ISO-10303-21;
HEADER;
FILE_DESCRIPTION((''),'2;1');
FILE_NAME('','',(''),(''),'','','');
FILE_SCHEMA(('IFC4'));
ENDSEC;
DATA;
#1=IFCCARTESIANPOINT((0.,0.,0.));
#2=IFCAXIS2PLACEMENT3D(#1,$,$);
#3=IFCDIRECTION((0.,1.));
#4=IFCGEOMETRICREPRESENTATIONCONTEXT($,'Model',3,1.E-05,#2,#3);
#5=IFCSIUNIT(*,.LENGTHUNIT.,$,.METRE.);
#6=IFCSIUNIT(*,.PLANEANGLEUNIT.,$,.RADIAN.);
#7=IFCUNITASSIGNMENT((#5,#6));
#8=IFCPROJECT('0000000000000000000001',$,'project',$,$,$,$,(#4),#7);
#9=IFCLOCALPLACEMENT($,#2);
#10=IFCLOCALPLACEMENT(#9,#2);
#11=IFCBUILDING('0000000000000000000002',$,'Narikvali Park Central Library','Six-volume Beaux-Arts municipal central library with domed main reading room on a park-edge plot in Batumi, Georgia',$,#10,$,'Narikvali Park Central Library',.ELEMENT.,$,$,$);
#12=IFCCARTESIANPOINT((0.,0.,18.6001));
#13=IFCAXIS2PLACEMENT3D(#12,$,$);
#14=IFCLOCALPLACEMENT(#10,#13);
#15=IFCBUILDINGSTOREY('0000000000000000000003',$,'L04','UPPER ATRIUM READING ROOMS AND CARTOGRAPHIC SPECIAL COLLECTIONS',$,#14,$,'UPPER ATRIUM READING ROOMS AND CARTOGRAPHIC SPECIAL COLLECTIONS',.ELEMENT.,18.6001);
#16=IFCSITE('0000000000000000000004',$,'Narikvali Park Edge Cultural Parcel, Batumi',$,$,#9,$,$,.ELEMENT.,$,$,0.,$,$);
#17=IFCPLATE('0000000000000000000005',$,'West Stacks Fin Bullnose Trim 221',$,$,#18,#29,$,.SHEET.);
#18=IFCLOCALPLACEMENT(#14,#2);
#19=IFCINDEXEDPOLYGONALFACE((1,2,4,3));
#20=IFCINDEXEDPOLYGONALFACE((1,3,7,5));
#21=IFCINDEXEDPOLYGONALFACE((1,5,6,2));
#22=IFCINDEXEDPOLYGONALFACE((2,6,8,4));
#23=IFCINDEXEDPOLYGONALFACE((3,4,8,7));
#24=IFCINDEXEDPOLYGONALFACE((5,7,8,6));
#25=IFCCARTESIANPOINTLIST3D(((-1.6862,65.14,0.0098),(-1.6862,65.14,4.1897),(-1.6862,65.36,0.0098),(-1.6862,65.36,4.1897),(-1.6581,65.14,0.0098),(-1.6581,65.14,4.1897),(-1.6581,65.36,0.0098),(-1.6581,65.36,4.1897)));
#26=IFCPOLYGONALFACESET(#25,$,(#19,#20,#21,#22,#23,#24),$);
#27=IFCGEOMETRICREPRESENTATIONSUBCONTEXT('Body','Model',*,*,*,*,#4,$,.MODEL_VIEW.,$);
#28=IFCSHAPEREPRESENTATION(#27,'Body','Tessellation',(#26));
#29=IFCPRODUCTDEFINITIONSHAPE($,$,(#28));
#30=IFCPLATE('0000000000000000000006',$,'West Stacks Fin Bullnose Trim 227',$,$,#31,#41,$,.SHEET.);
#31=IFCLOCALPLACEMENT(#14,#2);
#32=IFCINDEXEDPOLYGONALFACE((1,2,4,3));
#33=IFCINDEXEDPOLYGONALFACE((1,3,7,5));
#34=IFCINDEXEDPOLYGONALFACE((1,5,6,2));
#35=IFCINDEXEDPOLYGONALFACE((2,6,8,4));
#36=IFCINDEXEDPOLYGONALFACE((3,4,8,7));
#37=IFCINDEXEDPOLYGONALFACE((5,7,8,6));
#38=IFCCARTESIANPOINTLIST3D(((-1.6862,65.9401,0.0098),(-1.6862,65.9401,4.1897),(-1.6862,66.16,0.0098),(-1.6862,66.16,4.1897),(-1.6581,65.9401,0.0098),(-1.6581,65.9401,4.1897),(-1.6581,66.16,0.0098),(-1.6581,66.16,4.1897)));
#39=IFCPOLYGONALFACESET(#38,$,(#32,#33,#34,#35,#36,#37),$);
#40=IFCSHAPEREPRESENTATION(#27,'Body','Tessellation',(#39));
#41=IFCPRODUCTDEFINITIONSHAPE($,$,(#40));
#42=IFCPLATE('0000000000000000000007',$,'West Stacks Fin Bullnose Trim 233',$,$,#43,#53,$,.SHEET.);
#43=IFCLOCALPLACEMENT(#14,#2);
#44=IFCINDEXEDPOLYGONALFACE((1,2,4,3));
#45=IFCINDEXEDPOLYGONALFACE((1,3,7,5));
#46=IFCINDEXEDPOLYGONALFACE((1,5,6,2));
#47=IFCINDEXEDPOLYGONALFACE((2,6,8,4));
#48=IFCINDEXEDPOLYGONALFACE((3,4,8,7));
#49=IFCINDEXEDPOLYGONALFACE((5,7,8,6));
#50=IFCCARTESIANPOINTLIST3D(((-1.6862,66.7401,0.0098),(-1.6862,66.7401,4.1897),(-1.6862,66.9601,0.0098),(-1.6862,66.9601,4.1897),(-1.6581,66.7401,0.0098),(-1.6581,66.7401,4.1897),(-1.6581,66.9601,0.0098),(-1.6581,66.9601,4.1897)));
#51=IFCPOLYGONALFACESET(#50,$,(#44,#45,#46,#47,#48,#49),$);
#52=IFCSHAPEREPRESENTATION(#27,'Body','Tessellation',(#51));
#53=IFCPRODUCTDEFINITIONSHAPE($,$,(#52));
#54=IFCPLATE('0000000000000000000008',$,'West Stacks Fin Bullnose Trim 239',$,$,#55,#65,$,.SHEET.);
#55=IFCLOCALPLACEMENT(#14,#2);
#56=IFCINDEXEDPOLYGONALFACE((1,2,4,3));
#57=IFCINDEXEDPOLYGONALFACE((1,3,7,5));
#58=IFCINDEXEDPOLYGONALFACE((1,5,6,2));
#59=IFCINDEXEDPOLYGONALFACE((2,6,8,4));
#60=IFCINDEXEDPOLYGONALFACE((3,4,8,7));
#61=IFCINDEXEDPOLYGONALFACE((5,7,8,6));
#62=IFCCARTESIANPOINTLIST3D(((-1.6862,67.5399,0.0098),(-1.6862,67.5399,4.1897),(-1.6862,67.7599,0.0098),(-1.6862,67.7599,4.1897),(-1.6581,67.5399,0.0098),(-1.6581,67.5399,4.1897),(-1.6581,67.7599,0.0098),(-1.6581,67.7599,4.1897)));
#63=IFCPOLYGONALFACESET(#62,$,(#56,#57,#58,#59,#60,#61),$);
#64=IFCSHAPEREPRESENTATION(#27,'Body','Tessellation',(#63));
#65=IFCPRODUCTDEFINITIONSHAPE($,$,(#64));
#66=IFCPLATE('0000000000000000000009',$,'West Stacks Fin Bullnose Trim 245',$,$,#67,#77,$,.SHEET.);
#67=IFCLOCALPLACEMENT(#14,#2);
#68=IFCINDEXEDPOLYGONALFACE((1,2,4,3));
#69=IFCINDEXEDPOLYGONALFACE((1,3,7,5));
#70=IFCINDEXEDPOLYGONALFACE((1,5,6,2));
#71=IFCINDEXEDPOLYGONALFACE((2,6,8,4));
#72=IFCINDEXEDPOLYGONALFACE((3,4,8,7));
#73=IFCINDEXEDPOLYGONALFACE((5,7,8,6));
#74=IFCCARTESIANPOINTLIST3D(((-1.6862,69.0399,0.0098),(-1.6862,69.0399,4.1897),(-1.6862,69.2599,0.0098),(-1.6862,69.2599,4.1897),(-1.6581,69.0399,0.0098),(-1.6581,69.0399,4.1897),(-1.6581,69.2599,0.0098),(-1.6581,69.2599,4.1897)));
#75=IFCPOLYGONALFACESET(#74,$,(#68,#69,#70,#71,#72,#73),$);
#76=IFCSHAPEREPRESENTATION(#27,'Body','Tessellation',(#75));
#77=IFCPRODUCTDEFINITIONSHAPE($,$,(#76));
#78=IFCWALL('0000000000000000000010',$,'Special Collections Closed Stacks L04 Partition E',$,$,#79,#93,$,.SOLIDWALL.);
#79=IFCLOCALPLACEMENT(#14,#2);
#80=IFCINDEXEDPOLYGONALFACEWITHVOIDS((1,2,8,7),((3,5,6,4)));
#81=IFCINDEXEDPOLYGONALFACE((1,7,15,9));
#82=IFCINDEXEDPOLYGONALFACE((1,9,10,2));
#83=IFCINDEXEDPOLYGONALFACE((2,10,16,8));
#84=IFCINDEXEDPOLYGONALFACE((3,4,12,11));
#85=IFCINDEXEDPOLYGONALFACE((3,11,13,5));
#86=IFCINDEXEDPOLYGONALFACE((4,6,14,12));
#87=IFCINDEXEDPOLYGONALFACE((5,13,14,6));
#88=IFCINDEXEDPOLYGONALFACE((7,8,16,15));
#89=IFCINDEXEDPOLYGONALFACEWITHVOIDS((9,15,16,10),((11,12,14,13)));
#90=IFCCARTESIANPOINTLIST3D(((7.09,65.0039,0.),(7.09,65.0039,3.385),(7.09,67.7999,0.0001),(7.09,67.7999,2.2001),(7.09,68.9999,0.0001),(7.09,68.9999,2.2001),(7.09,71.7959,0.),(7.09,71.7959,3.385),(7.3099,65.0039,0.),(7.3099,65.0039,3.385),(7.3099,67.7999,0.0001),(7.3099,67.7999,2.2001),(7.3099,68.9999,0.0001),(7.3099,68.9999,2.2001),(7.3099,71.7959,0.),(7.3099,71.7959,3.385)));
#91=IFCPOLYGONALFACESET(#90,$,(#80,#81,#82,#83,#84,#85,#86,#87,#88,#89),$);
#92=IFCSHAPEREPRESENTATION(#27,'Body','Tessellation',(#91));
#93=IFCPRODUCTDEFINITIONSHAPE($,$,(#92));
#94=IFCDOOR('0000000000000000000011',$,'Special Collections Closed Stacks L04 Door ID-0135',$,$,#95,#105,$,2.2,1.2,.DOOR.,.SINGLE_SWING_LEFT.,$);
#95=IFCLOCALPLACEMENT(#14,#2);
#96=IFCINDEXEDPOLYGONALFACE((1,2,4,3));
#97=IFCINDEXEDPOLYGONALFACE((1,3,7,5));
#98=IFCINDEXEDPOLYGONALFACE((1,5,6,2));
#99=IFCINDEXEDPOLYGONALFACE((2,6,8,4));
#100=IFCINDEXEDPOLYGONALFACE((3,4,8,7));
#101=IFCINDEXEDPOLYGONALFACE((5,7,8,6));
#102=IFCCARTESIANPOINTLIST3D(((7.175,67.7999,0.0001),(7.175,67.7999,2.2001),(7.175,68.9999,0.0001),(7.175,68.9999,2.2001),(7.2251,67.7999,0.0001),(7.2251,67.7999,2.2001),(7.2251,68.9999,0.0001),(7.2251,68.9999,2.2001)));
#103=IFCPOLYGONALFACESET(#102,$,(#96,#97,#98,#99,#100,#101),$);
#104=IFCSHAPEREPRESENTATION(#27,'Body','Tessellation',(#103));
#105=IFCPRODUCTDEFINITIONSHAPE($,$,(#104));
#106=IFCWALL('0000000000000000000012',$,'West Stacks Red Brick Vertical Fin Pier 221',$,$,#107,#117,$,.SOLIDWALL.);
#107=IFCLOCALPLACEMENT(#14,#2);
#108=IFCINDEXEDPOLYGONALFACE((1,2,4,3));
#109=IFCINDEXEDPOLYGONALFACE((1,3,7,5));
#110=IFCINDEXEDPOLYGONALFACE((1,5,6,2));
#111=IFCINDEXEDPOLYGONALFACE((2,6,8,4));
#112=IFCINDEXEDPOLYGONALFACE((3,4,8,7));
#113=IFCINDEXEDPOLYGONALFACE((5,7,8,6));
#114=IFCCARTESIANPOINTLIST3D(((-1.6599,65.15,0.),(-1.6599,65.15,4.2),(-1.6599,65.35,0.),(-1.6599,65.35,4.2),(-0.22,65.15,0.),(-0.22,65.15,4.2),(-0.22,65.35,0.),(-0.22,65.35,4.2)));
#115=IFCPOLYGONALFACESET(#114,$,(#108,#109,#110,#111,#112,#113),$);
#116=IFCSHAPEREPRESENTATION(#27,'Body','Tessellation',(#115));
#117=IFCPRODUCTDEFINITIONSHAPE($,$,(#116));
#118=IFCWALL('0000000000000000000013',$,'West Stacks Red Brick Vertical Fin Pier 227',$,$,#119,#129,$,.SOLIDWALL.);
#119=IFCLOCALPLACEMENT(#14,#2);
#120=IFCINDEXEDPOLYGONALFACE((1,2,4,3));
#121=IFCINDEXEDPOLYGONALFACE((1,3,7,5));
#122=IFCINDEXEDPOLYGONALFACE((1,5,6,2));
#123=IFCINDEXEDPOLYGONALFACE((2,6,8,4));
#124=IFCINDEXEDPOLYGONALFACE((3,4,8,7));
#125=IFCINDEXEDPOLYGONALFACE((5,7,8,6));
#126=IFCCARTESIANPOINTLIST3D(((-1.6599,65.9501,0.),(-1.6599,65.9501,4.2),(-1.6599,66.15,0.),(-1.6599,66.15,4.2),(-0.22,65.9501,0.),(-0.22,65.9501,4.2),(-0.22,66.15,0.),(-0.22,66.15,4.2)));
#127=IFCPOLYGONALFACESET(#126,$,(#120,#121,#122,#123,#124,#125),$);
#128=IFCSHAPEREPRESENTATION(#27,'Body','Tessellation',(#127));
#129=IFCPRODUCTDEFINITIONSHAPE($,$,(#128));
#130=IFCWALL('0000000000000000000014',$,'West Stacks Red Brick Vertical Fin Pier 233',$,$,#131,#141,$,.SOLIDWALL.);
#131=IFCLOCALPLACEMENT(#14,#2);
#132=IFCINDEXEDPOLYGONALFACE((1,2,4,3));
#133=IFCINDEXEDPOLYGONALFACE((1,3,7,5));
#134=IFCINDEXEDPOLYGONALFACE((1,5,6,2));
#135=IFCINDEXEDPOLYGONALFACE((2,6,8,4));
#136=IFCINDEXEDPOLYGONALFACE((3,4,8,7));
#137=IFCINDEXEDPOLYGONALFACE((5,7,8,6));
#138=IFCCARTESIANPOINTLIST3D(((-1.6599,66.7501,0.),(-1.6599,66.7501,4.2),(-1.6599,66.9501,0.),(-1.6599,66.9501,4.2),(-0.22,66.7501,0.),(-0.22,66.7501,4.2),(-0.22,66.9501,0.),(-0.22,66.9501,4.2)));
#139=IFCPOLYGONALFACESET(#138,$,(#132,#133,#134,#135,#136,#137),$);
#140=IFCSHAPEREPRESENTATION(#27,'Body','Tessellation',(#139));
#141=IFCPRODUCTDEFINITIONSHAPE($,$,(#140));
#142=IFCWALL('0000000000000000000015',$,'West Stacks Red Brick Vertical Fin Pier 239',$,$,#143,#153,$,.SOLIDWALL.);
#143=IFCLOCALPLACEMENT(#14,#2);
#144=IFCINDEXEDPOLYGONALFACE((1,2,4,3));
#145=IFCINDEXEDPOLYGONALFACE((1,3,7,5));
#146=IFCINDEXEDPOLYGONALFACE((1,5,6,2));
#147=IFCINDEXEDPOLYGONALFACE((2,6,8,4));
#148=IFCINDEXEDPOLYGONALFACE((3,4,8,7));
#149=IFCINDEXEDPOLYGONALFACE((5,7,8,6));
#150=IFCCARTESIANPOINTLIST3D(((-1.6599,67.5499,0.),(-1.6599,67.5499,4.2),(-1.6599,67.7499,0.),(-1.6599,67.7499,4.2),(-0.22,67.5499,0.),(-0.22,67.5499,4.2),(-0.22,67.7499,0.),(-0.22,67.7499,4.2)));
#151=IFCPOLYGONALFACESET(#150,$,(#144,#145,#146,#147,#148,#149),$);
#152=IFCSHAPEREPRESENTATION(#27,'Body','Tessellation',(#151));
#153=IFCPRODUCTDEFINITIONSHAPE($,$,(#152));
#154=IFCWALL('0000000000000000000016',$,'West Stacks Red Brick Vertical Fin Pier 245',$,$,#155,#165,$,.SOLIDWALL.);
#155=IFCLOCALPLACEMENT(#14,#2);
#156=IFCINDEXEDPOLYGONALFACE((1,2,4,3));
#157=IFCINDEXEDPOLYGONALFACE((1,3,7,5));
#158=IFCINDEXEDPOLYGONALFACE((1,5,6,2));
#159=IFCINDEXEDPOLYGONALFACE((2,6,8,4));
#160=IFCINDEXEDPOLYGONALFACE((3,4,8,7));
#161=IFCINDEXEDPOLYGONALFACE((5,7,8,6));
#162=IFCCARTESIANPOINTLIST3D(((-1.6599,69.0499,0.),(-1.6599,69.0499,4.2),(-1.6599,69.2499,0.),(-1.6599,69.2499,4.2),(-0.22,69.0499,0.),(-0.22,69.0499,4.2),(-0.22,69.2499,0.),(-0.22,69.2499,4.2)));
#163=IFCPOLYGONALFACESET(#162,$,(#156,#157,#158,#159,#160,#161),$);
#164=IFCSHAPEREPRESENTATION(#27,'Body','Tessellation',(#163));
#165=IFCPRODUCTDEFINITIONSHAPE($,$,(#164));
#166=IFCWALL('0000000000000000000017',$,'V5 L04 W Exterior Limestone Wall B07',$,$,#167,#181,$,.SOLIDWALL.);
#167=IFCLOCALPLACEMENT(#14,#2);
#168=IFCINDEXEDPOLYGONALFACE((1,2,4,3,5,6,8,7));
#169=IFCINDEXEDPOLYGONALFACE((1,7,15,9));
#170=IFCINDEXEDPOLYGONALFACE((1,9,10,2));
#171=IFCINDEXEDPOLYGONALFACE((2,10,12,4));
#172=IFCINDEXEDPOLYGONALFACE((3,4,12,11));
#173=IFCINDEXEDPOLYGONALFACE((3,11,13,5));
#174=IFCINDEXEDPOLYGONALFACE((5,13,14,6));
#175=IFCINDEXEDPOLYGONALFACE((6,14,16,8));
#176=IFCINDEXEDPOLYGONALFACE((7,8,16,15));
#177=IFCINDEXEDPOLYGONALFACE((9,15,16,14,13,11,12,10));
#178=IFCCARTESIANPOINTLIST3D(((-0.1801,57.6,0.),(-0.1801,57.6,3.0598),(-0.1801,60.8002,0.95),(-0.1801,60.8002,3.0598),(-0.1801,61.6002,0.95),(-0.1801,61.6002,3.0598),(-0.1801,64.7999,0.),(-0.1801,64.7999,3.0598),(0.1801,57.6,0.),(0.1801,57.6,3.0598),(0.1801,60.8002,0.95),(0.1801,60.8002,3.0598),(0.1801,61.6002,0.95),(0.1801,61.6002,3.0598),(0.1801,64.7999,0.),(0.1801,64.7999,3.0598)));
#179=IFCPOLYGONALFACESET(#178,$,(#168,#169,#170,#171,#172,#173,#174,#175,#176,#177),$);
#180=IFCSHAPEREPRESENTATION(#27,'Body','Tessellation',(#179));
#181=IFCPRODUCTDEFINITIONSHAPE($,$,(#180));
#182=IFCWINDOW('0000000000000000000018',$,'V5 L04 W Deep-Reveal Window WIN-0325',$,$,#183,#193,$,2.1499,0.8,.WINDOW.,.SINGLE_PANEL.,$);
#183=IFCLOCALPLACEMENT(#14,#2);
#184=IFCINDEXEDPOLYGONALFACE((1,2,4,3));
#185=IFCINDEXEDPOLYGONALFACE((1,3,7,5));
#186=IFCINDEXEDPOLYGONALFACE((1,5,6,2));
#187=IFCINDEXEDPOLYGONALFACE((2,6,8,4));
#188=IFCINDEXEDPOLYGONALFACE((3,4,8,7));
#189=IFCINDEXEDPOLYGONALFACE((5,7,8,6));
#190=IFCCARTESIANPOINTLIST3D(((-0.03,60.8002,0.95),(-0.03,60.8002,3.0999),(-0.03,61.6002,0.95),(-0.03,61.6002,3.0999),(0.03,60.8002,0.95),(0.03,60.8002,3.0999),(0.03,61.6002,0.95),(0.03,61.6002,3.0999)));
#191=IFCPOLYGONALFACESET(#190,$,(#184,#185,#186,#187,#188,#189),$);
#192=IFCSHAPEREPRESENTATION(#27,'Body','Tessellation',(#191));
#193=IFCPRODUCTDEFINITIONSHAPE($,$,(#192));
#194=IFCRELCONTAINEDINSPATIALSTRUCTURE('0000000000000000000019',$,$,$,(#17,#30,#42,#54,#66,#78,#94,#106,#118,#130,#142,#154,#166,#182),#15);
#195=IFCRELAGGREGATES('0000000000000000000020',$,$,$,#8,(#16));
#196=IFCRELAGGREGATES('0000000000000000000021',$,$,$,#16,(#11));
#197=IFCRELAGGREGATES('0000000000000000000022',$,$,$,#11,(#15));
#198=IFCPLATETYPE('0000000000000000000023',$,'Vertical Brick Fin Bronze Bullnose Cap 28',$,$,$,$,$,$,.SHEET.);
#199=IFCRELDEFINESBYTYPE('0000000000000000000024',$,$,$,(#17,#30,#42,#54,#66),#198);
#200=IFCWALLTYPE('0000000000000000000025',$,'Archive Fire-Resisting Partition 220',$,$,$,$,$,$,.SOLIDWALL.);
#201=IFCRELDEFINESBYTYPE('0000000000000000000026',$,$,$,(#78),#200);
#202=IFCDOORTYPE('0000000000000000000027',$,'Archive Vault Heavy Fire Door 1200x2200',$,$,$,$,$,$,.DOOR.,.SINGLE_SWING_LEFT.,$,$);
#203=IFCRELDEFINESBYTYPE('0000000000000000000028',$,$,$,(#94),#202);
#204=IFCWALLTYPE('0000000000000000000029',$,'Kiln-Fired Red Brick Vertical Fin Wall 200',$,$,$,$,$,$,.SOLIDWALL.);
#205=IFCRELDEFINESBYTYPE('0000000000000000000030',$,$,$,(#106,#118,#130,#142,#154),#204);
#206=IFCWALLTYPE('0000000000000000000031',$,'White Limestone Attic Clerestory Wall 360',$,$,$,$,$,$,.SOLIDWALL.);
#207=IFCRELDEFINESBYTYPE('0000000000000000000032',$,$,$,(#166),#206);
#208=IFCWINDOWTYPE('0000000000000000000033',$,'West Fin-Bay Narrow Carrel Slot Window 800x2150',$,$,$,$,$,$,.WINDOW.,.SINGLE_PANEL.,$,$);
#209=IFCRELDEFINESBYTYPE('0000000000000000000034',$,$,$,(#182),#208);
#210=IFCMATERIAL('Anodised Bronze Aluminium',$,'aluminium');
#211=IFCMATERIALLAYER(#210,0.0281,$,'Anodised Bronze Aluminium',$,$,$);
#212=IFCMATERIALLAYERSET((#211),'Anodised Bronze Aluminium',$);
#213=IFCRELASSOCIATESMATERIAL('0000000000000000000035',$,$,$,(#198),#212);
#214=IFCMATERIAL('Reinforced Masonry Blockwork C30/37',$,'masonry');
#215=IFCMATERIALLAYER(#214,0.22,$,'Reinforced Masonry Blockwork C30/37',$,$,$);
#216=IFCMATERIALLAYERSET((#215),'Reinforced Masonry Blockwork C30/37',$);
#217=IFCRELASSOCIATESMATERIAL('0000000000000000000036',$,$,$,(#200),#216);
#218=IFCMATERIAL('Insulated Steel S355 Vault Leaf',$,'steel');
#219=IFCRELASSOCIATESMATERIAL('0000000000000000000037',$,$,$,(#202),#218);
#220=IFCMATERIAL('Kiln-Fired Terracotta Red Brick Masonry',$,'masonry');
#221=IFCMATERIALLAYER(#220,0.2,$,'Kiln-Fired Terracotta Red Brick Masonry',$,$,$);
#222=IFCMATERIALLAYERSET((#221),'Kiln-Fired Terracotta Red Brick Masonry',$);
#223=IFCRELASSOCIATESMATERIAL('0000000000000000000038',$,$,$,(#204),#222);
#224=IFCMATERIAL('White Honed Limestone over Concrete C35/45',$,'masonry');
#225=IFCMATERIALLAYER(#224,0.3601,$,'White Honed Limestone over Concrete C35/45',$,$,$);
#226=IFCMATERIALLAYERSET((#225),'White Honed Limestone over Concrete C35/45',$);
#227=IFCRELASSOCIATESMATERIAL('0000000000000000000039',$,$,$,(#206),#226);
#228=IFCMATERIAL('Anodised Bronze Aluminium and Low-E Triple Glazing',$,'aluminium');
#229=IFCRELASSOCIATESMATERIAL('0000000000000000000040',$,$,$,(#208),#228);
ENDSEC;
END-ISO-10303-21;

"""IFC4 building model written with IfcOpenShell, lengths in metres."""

from ifc_helpers import new_model, si_unit, direction, frame, frame_2d, origin, origin_2d, place, context, subcontext, project, spatial, rectangle, extrude, material, layer, layer_set, type_object, element, fill, save


model = new_model("IFC4")

# Units and contexts
model_context = context("Model", 3, precision=1e-05, world=origin(), true_north=direction((0.0, 1.0)))
body_context = subcontext(model_context, "Body", "Model", "MODEL_VIEW")
ifc_project = project(units=[si_unit("LENGTHUNIT", "METRE"), si_unit("PLANEANGLEUNIT", "RADIAN")], contexts=[model_context])

# Site, building, storey
site_placement = place(None, origin())
site = spatial("IfcSite", under=ifc_project, at=site_placement, Name="Narikvali Park Edge Cultural Parcel, Batumi", CompositionType="ELEMENT", RefElevation=0.0)
building_placement = place(site_placement, origin())
building = spatial("IfcBuilding", under=site, at=building_placement, Name="Narikvali Park Central Library", Description="Six-volume Beaux-Arts municipal central library with domed main reading room on a park-edge plot in Batumi, Georgia", LongName="Narikvali Park Central Library", CompositionType="ELEMENT")
storey_placement = place(building_placement, frame((0.0, 0.0, 18.6001)))
storey = spatial("IfcBuildingStorey", under=building, at=storey_placement, Name="L04", Description="UPPER ATRIUM READING ROOMS AND CARTOGRAPHIC SPECIAL COLLECTIONS", LongName="UPPER ATRIUM READING ROOMS AND CARTOGRAPHIC SPECIAL COLLECTIONS", CompositionType="ELEMENT", Elevation=18.6001)

# Plates
ifc_material_1 = material(Name="Anodised Bronze Aluminium", Category="aluminium")
ifc_layer_1 = layer(ifc_material_1, 0.0281, Name="Anodised Bronze Aluminium")
ifc_layer_set_1 = layer_set([ifc_layer_1], Name="Anodised Bronze Aluminium")
plate_type = type_object("IfcPlateType", Name="Vertical Brick Fin Bronze Bullnose Cap 28", PredefinedType="SHEET", material=ifc_layer_set_1)
for number, where, z_axis, x_axis, name in (
    (1, (-1.6721, 65.25, 0.0098), (0.0, 0.0, 1.0), (1.0, 0.0, 0.0), "West Stacks Fin Bullnose Trim 221"),
    (2, (-1.6721, 66.05, 0.0098), (0.0, 0.0, 1.0), (1.0, 0.0, 0.0), "West Stacks Fin Bullnose Trim 227"),
    (3, (-1.6721, 66.8501, 0.0098), (0.0, 0.0, 1.0), (1.0, 0.0, 0.0), "West Stacks Fin Bullnose Trim 233"),
    (4, (-1.6721, 67.6499, 0.0098), (0.0, 0.0, 1.0), (1.0, 0.0, 0.0), "West Stacks Fin Bullnose Trim 239"),
    (5, (-1.6721, 69.1499, 0.0098), (0.0, 0.0, 1.0), (1.0, 0.0, 0.0), "West Stacks Fin Bullnose Trim 245"),
):
    element("IfcPlate", number, at=place(storey_placement, frame(where, z_axis=z_axis, x_axis=x_axis)), inside=storey, type_object=plate_type, Name=name, PredefinedType="SHEET", context=body_context, shape_type="SweptSolid", body=[
        extrude(rectangle(XDim=0.0281, YDim=0.22, at=origin_2d()), origin(), (0.0, 0.0, 1.0), 4.1799),
    ])

# Wall, opening, door
ifc_material_2 = material(Name="Reinforced Masonry Blockwork C30/37", Category="masonry")
ifc_layer_2 = layer(ifc_material_2, 0.22, Name="Reinforced Masonry Blockwork C30/37")
ifc_layer_set_2 = layer_set([ifc_layer_2], Name="Reinforced Masonry Blockwork C30/37")
wall_type_1 = type_object("IfcWallType", Name="Archive Fire-Resisting Partition 220", PredefinedType="SOLIDWALL", material=ifc_layer_set_2)
wall_1_placement = place(storey_placement, frame((7.2, 65.0039, 0.0), z_axis=(0.0, 0.0, 1.0), x_axis=(0.0, 1.0, 0.0)))
wall_1 = element("IfcWall", 6, at=wall_1_placement, inside=storey, type_object=wall_type_1, Name="Special Collections Closed Stacks L04 Partition E", PredefinedType="SOLIDWALL", context=body_context, shape_type="SweptSolid", body=[
    extrude(rectangle(XDim=6.792, YDim=0.22, at=frame_2d((3.396, 0.0))), origin(), (0.0, 0.0, 1.0), 3.385),
])
opening_1_placement = place(wall_1_placement, frame((2.7959, 0.0, 0.0)))
opening_1 = element("IfcOpeningElement", 7, at=opening_1_placement, cuts=wall_1, PredefinedType="OPENING", context=body_context, shape_type="SweptSolid", body=[
    extrude(rectangle(XDim=1.2, YDim=2.2, at=frame_2d((0.6001, 1.1001))), frame((0.0, 0.1221, 0.0), z_axis=(0.0, -1.0, 0.0), x_axis=(1.0, 0.0, 0.0)), (0.0, 0.0, 1.0), 0.2439),
])
ifc_material_3 = material(Name="Insulated Steel S355 Vault Leaf", Category="steel")
door_type = type_object("IfcDoorType", Name="Archive Vault Heavy Fire Door 1200x2200", OperationType="SINGLE_SWING_LEFT", PredefinedType="DOOR", material=ifc_material_3)
door_placement = place(opening_1_placement, origin())
door = element("IfcDoor", 8, at=door_placement, inside=storey, type_object=door_type, Name="Special Collections Closed Stacks L04 Door ID-0135", OperationType="SINGLE_SWING_LEFT", OverallHeight=2.2, OverallWidth=1.2, PredefinedType="DOOR", context=body_context, shape_type="SweptSolid", body=[
    extrude(rectangle(XDim=1.2, YDim=2.2, at=frame_2d((0.6001, 1.1001))), frame((0.0, 0.0249, 0.0), z_axis=(0.0, -1.0, 0.0), x_axis=(1.0, 0.0, 0.0)), (0.0, 0.0, 1.0), 0.05),
])
fill(opening_1, door)

# Walls
ifc_material_4 = material(Name="Kiln-Fired Terracotta Red Brick Masonry", Category="masonry")
ifc_layer_3 = layer(ifc_material_4, 0.2, Name="Kiln-Fired Terracotta Red Brick Masonry")
ifc_layer_set_3 = layer_set([ifc_layer_3], Name="Kiln-Fired Terracotta Red Brick Masonry")
wall_type_2 = type_object("IfcWallType", Name="Kiln-Fired Red Brick Vertical Fin Wall 200", PredefinedType="SOLIDWALL", material=ifc_layer_set_3)
for number, where, z_axis, x_axis, name in (
    (9, (-1.6599, 65.25, 0.0), (0.0, 0.0, 1.0), (1.0, 0.0, 0.0), "West Stacks Red Brick Vertical Fin Pier 221"),
    (10, (-1.6599, 66.05, 0.0), (0.0, 0.0, 1.0), (1.0, 0.0, 0.0), "West Stacks Red Brick Vertical Fin Pier 227"),
    (11, (-1.6599, 66.8501, 0.0), (0.0, 0.0, 1.0), (1.0, 0.0, 0.0), "West Stacks Red Brick Vertical Fin Pier 233"),
    (12, (-1.6599, 67.6499, 0.0), (0.0, 0.0, 1.0), (1.0, 0.0, 0.0), "West Stacks Red Brick Vertical Fin Pier 239"),
    (13, (-1.6599, 69.1499, 0.0), (0.0, 0.0, 1.0), (1.0, 0.0, 0.0), "West Stacks Red Brick Vertical Fin Pier 245"),
):
    element("IfcWall", number, at=place(storey_placement, frame(where, z_axis=z_axis, x_axis=x_axis)), inside=storey, type_object=wall_type_2, Name=name, PredefinedType="SOLIDWALL", context=body_context, shape_type="SweptSolid", body=[
        extrude(rectangle(XDim=1.4399, YDim=0.2, at=frame_2d((0.72, 0.0))), origin(), (0.0, 0.0, 1.0), 4.2),
    ])

# Wall, opening, window
ifc_material_5 = material(Name="White Honed Limestone over Concrete C35/45", Category="masonry")
ifc_layer_4 = layer(ifc_material_5, 0.3601, Name="White Honed Limestone over Concrete C35/45")
ifc_layer_set_4 = layer_set([ifc_layer_4], Name="White Honed Limestone over Concrete C35/45")
wall_type_3 = type_object("IfcWallType", Name="White Limestone Attic Clerestory Wall 360", PredefinedType="SOLIDWALL", material=ifc_layer_set_4)
wall_2_placement = place(storey_placement, frame((0.0, 64.8, 0.0), z_axis=(0.0, 0.0, 1.0), x_axis=(0.0, -1.0, 0.0)))
wall_2 = element("IfcWall", 14, at=wall_2_placement, inside=storey, type_object=wall_type_3, Name="V5 L04 W Exterior Limestone Wall B07", PredefinedType="SOLIDWALL", context=body_context, shape_type="SweptSolid", body=[
    extrude(rectangle(XDim=7.2, YDim=0.3601, at=frame_2d((3.6001, 0.0))), origin(), (0.0, 0.0, 1.0), 3.0598),
])
opening_2_placement = place(wall_2_placement, frame((3.2, 0.0, 0.95)))
opening_2 = element("IfcOpeningElement", 15, at=opening_2_placement, cuts=wall_2, PredefinedType="OPENING", context=body_context, shape_type="SweptSolid", body=[
    extrude(rectangle(XDim=0.8, YDim=2.1499, at=frame_2d((0.3999, 1.075))), frame((0.0, 0.1919, 0.0), z_axis=(0.0, -1.0, 0.0), x_axis=(1.0, 0.0, 0.0)), (0.0, 0.0, 1.0), 0.384),
])
ifc_material_6 = material(Name="Anodised Bronze Aluminium and Low-E Triple Glazing", Category="aluminium")
window_type = type_object("IfcWindowType", Name="West Fin-Bay Narrow Carrel Slot Window 800x2150", PartitioningType="SINGLE_PANEL", PredefinedType="WINDOW", material=ifc_material_6)
window_placement = place(opening_2_placement, origin())
window = element("IfcWindow", 16, at=window_placement, inside=storey, type_object=window_type, Name="V5 L04 W Deep-Reveal Window WIN-0325", OverallHeight=2.1499, OverallWidth=0.8, PartitioningType="SINGLE_PANEL", PredefinedType="WINDOW", context=body_context, shape_type="SweptSolid", body=[
    extrude(rectangle(XDim=0.8, YDim=2.1499, at=frame_2d((0.3999, 1.075))), frame((0.0, 0.03, 0.0), z_axis=(0.0, -1.0, 0.0), x_axis=(1.0, 0.0, 0.0)), (0.0, 0.0, 1.0), 0.0601),
])
fill(opening_2, window)

save(model, "model.ifc")
